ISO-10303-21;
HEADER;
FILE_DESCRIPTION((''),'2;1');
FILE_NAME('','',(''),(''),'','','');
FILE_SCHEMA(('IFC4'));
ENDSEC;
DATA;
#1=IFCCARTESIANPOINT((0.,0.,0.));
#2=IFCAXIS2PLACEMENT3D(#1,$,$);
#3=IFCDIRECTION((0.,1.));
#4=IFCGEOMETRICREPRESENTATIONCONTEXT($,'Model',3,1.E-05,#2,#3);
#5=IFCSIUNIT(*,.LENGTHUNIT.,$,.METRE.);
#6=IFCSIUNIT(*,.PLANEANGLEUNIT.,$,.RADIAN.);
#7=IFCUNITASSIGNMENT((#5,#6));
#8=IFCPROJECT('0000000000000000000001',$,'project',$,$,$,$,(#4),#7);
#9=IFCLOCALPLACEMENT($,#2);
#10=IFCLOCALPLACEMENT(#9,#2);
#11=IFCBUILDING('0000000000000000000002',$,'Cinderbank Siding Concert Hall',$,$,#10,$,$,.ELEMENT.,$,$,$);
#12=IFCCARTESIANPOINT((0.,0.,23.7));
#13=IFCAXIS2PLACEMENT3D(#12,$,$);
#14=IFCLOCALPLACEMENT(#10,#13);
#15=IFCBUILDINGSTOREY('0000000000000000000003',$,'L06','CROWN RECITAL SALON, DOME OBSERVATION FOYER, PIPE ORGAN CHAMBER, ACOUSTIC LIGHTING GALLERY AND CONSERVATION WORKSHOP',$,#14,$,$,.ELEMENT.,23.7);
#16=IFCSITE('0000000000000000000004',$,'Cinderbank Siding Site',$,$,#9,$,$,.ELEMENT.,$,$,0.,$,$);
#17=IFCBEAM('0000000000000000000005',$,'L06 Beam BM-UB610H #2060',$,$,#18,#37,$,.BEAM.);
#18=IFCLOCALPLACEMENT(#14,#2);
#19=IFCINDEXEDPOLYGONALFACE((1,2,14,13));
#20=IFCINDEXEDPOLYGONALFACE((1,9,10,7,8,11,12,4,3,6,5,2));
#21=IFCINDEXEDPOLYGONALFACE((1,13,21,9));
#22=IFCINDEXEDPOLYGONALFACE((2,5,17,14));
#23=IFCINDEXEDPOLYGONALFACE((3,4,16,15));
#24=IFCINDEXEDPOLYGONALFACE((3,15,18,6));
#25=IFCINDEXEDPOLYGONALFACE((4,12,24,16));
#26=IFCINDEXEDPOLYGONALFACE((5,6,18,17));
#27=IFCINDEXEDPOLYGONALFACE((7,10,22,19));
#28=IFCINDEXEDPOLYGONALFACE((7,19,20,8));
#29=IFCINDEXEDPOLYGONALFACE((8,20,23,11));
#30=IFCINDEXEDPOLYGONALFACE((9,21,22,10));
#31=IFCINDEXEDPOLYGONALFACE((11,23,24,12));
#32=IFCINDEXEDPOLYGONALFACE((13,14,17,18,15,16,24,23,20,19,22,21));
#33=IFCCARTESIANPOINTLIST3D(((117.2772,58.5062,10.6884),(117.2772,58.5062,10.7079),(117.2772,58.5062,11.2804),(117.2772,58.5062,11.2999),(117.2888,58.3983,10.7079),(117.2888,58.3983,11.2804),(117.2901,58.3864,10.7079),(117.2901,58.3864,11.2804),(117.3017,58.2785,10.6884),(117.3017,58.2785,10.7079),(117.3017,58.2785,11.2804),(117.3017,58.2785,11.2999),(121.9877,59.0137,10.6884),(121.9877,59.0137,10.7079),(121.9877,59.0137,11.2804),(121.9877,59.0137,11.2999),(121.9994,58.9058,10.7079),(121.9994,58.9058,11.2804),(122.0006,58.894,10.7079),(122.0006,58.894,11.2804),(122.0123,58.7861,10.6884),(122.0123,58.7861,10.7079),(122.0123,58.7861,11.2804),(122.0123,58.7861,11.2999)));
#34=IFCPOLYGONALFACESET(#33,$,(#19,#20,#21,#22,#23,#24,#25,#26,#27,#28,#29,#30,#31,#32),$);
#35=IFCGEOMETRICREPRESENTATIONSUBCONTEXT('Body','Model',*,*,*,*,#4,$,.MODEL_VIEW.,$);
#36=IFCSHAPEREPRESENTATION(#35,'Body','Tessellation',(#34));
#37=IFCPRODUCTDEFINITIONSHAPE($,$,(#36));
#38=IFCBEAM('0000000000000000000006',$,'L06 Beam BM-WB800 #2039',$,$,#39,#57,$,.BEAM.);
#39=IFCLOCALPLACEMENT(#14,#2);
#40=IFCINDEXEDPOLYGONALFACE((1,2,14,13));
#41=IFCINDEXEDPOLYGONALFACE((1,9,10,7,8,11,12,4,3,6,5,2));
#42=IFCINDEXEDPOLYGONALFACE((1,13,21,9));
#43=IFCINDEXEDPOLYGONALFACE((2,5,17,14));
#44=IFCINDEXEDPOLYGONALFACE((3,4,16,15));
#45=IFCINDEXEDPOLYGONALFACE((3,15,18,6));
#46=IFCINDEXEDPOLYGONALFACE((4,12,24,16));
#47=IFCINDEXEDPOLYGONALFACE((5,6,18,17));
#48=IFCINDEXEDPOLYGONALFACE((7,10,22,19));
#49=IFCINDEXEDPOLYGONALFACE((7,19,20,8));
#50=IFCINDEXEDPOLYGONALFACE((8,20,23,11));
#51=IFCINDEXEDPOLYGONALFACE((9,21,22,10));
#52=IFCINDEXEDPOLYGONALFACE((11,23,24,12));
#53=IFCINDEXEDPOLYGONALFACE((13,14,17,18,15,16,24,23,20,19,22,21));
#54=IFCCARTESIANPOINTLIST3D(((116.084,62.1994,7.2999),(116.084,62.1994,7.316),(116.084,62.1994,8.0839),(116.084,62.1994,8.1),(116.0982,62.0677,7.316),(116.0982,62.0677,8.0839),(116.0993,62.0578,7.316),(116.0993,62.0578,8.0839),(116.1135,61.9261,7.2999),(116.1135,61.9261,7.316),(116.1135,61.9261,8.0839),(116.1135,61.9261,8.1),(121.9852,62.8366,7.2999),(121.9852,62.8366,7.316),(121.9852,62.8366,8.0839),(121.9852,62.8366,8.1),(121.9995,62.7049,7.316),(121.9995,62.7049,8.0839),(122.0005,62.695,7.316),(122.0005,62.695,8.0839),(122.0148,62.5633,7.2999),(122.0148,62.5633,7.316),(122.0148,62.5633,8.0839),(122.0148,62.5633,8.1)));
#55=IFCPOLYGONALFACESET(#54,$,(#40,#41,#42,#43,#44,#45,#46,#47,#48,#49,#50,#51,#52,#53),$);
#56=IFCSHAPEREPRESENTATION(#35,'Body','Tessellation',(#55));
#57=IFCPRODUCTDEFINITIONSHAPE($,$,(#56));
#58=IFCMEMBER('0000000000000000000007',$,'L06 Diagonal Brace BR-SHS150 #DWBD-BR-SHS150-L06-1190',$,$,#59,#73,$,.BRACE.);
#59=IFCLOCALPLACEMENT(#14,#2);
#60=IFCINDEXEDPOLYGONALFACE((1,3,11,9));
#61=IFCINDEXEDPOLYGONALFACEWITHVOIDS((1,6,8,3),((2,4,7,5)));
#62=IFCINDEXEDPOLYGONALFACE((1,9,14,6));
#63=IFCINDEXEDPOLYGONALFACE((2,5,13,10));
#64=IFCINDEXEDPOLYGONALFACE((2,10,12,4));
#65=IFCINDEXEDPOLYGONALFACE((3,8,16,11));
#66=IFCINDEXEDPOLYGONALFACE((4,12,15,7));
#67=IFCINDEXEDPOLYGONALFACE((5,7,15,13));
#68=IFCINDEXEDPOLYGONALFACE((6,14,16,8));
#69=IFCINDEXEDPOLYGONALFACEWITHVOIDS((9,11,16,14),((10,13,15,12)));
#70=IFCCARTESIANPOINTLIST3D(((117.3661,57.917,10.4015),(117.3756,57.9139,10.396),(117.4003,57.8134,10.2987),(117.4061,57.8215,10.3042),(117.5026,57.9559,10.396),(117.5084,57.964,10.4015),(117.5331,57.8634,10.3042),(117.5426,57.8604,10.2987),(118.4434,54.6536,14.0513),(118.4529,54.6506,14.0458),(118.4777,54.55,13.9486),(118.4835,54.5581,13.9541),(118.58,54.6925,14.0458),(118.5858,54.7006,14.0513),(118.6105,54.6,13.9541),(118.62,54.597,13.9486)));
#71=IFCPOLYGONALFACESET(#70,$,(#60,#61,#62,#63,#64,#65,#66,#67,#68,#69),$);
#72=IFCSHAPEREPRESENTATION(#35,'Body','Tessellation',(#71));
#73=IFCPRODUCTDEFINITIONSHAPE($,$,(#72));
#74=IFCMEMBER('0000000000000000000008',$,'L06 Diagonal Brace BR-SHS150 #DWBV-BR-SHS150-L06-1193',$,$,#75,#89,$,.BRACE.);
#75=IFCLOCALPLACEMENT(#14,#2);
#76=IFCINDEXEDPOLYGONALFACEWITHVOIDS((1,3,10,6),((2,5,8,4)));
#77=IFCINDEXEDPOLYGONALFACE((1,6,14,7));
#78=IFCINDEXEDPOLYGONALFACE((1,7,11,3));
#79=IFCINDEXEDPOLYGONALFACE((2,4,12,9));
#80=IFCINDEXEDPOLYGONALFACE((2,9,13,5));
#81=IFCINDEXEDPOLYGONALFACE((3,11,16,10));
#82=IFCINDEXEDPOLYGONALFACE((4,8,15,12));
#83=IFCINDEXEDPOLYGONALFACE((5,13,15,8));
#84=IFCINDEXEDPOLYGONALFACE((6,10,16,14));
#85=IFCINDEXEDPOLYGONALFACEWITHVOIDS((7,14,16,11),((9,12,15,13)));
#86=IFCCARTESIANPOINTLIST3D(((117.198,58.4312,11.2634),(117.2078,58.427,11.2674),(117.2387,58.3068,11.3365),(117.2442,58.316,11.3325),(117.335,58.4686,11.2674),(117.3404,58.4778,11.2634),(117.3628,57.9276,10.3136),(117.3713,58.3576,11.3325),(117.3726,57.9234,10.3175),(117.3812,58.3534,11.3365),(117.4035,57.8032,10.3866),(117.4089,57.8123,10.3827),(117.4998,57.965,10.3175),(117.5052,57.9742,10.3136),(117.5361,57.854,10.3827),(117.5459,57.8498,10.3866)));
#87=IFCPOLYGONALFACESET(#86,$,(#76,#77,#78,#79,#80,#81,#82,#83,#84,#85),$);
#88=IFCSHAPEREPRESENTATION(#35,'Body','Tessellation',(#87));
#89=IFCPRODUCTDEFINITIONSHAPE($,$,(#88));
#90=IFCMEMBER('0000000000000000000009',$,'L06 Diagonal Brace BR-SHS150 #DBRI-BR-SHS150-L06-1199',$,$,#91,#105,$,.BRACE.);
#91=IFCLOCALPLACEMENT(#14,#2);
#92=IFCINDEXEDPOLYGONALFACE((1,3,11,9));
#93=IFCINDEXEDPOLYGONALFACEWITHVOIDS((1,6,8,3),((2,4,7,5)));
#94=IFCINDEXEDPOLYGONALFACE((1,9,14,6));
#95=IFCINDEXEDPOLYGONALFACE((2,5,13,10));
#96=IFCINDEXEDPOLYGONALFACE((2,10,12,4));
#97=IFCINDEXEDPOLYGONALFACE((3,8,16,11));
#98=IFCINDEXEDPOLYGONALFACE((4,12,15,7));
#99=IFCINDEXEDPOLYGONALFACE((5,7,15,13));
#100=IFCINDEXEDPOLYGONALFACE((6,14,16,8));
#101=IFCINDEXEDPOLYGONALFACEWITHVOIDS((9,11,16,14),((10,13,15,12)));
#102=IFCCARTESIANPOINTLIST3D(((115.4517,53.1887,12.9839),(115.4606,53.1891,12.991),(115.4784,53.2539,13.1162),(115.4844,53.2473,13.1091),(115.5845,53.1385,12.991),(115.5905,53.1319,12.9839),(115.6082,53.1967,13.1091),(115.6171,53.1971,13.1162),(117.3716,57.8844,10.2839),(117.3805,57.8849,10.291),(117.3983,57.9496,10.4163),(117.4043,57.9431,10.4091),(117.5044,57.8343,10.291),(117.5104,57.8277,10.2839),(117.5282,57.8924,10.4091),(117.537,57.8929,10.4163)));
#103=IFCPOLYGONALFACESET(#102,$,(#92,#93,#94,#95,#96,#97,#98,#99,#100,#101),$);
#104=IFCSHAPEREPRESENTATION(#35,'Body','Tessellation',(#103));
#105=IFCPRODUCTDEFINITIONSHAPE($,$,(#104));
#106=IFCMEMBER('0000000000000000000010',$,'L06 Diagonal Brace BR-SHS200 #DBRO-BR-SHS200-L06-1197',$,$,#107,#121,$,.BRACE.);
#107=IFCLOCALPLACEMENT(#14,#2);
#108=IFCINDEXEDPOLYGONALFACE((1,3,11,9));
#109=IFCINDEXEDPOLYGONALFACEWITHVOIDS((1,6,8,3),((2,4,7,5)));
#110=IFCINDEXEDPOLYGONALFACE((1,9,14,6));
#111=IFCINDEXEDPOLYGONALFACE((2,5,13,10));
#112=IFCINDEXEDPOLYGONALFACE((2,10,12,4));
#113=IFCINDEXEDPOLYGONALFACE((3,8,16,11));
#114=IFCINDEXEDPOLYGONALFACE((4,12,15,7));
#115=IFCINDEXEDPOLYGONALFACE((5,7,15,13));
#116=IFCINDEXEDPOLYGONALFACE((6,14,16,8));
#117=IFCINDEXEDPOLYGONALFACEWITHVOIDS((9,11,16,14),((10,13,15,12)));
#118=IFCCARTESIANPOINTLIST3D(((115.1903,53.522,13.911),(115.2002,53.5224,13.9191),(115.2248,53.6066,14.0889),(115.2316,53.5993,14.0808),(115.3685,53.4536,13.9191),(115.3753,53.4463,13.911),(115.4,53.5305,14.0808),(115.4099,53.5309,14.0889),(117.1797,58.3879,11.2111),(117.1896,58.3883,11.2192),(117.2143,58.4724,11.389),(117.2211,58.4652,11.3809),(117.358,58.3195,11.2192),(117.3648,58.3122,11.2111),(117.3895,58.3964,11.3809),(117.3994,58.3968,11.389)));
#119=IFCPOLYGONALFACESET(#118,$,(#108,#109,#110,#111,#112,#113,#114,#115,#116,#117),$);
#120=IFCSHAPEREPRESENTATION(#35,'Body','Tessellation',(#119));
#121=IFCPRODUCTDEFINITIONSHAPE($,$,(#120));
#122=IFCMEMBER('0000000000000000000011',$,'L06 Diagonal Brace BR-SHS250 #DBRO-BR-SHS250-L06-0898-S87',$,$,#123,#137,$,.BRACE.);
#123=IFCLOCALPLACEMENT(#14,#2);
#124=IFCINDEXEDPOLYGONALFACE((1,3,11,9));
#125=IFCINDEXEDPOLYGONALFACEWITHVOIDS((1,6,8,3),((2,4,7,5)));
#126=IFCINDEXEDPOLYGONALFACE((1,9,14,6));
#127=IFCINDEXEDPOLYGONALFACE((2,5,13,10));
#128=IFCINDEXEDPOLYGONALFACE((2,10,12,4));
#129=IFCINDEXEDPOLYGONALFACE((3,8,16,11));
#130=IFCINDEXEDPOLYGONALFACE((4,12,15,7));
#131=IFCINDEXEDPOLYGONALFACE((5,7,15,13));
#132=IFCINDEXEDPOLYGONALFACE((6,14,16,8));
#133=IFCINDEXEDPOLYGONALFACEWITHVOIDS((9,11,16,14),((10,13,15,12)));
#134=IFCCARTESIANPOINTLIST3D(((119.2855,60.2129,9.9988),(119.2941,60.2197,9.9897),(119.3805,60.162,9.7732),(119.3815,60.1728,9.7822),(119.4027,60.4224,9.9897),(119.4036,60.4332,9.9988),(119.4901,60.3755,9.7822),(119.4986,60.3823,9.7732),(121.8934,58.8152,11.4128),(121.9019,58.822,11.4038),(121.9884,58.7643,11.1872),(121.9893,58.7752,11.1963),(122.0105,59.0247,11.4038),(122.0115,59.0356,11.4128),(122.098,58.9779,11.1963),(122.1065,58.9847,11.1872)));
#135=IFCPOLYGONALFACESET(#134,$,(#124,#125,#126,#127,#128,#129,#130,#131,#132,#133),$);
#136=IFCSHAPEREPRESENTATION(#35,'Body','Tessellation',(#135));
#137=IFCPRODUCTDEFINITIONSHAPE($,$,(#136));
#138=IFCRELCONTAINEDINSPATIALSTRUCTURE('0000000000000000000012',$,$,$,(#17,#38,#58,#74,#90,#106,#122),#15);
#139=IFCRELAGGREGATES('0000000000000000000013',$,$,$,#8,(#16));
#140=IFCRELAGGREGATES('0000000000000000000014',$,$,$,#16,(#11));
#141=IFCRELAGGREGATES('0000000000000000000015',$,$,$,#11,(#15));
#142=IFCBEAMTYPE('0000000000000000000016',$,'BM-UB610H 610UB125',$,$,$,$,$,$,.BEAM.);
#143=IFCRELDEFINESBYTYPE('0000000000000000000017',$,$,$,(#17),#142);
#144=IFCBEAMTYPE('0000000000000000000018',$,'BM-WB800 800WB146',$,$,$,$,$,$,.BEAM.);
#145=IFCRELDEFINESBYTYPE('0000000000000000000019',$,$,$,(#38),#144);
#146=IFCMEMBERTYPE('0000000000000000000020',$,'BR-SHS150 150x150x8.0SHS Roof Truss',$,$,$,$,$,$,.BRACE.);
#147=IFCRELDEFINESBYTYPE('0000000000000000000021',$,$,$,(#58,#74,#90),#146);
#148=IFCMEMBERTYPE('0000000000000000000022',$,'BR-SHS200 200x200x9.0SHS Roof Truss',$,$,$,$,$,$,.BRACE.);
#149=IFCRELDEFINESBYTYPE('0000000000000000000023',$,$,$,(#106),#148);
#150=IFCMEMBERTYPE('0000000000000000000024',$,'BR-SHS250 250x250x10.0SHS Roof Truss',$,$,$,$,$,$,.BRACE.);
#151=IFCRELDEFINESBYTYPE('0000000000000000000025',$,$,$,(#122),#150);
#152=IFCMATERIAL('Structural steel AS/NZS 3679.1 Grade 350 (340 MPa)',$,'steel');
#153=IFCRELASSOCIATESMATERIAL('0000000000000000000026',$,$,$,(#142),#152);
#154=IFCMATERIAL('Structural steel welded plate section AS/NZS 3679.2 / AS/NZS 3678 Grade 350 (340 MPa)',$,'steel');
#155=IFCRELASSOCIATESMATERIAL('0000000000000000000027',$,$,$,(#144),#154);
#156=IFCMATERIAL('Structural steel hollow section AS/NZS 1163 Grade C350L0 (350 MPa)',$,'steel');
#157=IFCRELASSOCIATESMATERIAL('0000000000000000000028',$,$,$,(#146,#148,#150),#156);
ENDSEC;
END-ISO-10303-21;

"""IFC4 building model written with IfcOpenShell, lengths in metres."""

from ifc_helpers import new_model, si_unit, direction, frame, origin, origin_2d, place, context, subcontext, project, spatial, hollow_rectangle, i_section, extrude, material, material_profile, profile_set, type_object, element, save


model = new_model("IFC4")

# Units and contexts
model_context = context("Model", 3, precision=1e-05, world=origin(), true_north=direction((0.0, 1.0)))
body_context = subcontext(model_context, "Body", "Model", "MODEL_VIEW")
ifc_project = project(units=[si_unit("LENGTHUNIT", "METRE"), si_unit("PLANEANGLEUNIT", "RADIAN")], contexts=[model_context])

# Site, building, storey
site_placement = place(None, origin())
site = spatial("IfcSite", under=ifc_project, at=site_placement, Name="Cinderbank Siding Site", CompositionType="ELEMENT", RefElevation=0.0)
building_placement = place(site_placement, origin())
building = spatial("IfcBuilding", under=site, at=building_placement, Name="Cinderbank Siding Concert Hall", CompositionType="ELEMENT")
storey_placement = place(building_placement, frame((0.0, 0.0, 23.7)))
storey = spatial("IfcBuildingStorey", under=building, at=storey_placement, Name="L06", Description="CROWN RECITAL SALON, DOME OBSERVATION FOYER, PIPE ORGAN CHAMBER, ACOUSTIC LIGHTING GALLERY AND CONSERVATION WORKSHOP", CompositionType="ELEMENT", Elevation=23.7)

# Beams
ifc_material_1 = material(Name="Structural steel AS/NZS 3679.1 Grade 350 (340 MPa)", Category="steel")
ifc_material_profile_1 = material_profile(ifc_material_1, i_section(OverallWidth=0.229, OverallDepth=0.6116, WebThickness=0.012, FlangeThickness=0.0195, at=origin_2d()), Name="610UB125", Category="LoadBearing")
ifc_profile_set_1 = profile_set([ifc_material_profile_1], Name="Structural steel AS/NZS 3679.1 Grade 350 (340 MPa)")
beam_type_1 = type_object("IfcBeamType", Name="BM-UB610H 610UB125", PredefinedType="BEAM", material=ifc_profile_set_1)
beam_1_placement = place(storey_placement, frame((122.0, 58.8999, 10.9941), z_axis=(-0.994245, -0.107134, 0.0), x_axis=(0.107134, -0.994245, 0.0)))
element("IfcBeam", 1, at=beam_1_placement, inside=storey, type_object=beam_type_1, Name="L06 Beam BM-UB610H #2060", PredefinedType="BEAM", context=body_context, shape_type="SweptSolid", body=[
    extrude(i_section(OverallWidth=0.229, OverallDepth=0.6116, WebThickness=0.012, FlangeThickness=0.0195, at=origin_2d()), origin(), (0.0, 0.0, 1.0), 4.7378),
])
ifc_material_2 = material(Name="Structural steel welded plate section AS/NZS 3679.2 / AS/NZS 3678 Grade 350 (340 MPa)", Category="steel")
ifc_material_profile_2 = material_profile(ifc_material_2, i_section(OverallWidth=0.2749, OverallDepth=0.8, WebThickness=0.01, FlangeThickness=0.0161, at=origin_2d()), Name="800WB146", Category="LoadBearing")
ifc_profile_set_2 = profile_set([ifc_material_profile_2], Name="Structural steel welded plate section AS/NZS 3679.2 / AS/NZS 3678 Grade 350 (340 MPa)")
beam_type_2 = type_object("IfcBeamType", Name="BM-WB800 800WB146", PredefinedType="BEAM", material=ifc_profile_set_2)
beam_2_placement = place(storey_placement, frame((122.0, 62.7, 7.7), z_axis=(-0.994221, -0.107357, 0.0), x_axis=(0.107357, -0.994221, 0.0)))
element("IfcBeam", 2, at=beam_2_placement, inside=storey, type_object=beam_type_2, Name="L06 Beam BM-WB800 #2039", PredefinedType="BEAM", context=body_context, shape_type="SweptSolid", body=[
    extrude(i_section(OverallWidth=0.2749, OverallDepth=0.8, WebThickness=0.01, FlangeThickness=0.0161, at=origin_2d()), origin(), (0.0, 0.0, 1.0), 5.9355),
])

# Members
ifc_material_3 = material(Name="Structural steel hollow section AS/NZS 1163 Grade C350L0 (350 MPa)", Category="steel")
ifc_material_profile_3 = material_profile(ifc_material_3, hollow_rectangle(XDim=0.1499, YDim=0.1499, WallThickness=0.0081, at=origin_2d()), Name="150x150x8.0SHS", Category="LoadBearing")
ifc_profile_set_3 = profile_set([ifc_material_profile_3], Name="Structural steel hollow section AS/NZS 1163 Grade C350L0 (350 MPa)")
member_type_1 = type_object("IfcMemberType", Name="BR-SHS150 150x150x8.0SHS Roof Truss", PredefinedType="BRACE", material=ifc_profile_set_3)
member_1_placement = place(storey_placement, frame((117.4543, 57.8887, 10.3501), z_axis=(0.21491, -0.650962, 0.728053), x_axis=(0.949589, 0.313499, 0.0)))
element("IfcMember", 3, at=member_1_placement, inside=storey, type_object=member_type_1, Name="L06 Diagonal Brace BR-SHS150 #DWBD-BR-SHS150-L06-1190", PredefinedType="BRACE", context=body_context, shape_type="SweptSolid", body=[
    extrude(hollow_rectangle(XDim=0.1499, YDim=0.1499, WallThickness=0.0081, at=origin_2d()), origin(), (0.0, 0.0, 1.0), 5.0132),
])
member_2_placement = place(storey_placement, frame((117.4543, 57.8887, 10.3501), z_axis=(-0.151498, 0.463023, 0.873303), x_axis=(-0.950419, -0.310971, 0.0)))
element("IfcMember", 4, at=member_2_placement, inside=storey, type_object=member_type_1, Name="L06 Diagonal Brace BR-SHS150 #DWBV-BR-SHS150-L06-1193", PredefinedType="BRACE", context=body_context, shape_type="SweptSolid", body=[
    extrude(hollow_rectangle(XDim=0.1499, YDim=0.1499, WallThickness=0.0081, at=origin_2d()), origin(), (0.0, 0.0, 1.0), 1.0876),
])
member_3_placement = place(storey_placement, frame((117.4543, 57.8887, 10.3501), z_axis=(-0.334082, -0.817107, 0.469813), x_axis=(0.925622, -0.378449, 0.0)))
element("IfcMember", 5, at=member_3_placement, inside=storey, type_object=member_type_1, Name="L06 Diagonal Brace BR-SHS150 #DBRI-BR-SHS150-L06-1199", PredefinedType="BRACE", context=body_context, shape_type="SweptSolid", body=[
    extrude(hollow_rectangle(XDim=0.1499, YDim=0.1499, WallThickness=0.0081, at=origin_2d()), origin(), (0.0, 0.0, 1.0), 5.7468),
])
ifc_material_profile_4 = material_profile(ifc_material_3, hollow_rectangle(XDim=0.2, YDim=0.2, WallThickness=0.009, at=origin_2d()), Name="200x200x9.0SHS", Category="LoadBearing")
ifc_profile_set_4 = profile_set([ifc_material_profile_4], Name="Structural steel hollow section AS/NZS 1163 Grade C350L0 (350 MPa)")
member_type_2 = type_object("IfcMemberType", Name="BR-SHS200 200x200x9.0SHS Roof Truss", PredefinedType="BRACE", material=ifc_profile_set_4)
member_4_placement = place(storey_placement, frame((117.2896, 58.3923, 11.3), z_axis=(-0.336646, -0.823375, 0.456862), x_axis=(0.925622, -0.37845, 0.0)))
element("IfcMember", 6, at=member_4_placement, inside=storey, type_object=member_type_2, Name="L06 Diagonal Brace BR-SHS200 #DBRO-BR-SHS200-L06-1197", PredefinedType="BRACE", context=body_context, shape_type="SweptSolid", body=[
    extrude(hollow_rectangle(XDim=0.2, YDim=0.2, WallThickness=0.009, at=origin_2d()), origin(), (0.0, 0.0, 1.0), 5.9097),
])
ifc_material_profile_5 = material_profile(ifc_material_3, hollow_rectangle(XDim=0.25, YDim=0.25, WallThickness=0.01, at=origin_2d()), Name="250x250x10.0SHS", Category="LoadBearing")
ifc_profile_set_5 = profile_set([ifc_material_profile_5], Name="Structural steel hollow section AS/NZS 1163 Grade C350L0 (350 MPa)")
member_type_3 = type_object("IfcMemberType", Name="BR-SHS250 250x250x10.0SHS Roof Truss", PredefinedType="BRACE", material=ifc_profile_set_5)
member_5_placement = place(storey_placement, frame((119.3921, 60.2976, 9.886), z_axis=(0.795244, -0.42621, 0.431198), x_axis=(0.472382, 0.881394, 0.0)))
element("IfcMember", 7, at=member_5_placement, inside=storey, type_object=member_type_3, Name="L06 Diagonal Brace BR-SHS250 #DBRO-BR-SHS250-L06-0898-S87", PredefinedType="BRACE", context=body_context, shape_type="SweptSolid", body=[
    extrude(hollow_rectangle(XDim=0.25, YDim=0.25, WallThickness=0.01, at=origin_2d()), origin(), (0.0, 0.0, 1.0), 3.2793),
])

save(model, "model.ifc")
